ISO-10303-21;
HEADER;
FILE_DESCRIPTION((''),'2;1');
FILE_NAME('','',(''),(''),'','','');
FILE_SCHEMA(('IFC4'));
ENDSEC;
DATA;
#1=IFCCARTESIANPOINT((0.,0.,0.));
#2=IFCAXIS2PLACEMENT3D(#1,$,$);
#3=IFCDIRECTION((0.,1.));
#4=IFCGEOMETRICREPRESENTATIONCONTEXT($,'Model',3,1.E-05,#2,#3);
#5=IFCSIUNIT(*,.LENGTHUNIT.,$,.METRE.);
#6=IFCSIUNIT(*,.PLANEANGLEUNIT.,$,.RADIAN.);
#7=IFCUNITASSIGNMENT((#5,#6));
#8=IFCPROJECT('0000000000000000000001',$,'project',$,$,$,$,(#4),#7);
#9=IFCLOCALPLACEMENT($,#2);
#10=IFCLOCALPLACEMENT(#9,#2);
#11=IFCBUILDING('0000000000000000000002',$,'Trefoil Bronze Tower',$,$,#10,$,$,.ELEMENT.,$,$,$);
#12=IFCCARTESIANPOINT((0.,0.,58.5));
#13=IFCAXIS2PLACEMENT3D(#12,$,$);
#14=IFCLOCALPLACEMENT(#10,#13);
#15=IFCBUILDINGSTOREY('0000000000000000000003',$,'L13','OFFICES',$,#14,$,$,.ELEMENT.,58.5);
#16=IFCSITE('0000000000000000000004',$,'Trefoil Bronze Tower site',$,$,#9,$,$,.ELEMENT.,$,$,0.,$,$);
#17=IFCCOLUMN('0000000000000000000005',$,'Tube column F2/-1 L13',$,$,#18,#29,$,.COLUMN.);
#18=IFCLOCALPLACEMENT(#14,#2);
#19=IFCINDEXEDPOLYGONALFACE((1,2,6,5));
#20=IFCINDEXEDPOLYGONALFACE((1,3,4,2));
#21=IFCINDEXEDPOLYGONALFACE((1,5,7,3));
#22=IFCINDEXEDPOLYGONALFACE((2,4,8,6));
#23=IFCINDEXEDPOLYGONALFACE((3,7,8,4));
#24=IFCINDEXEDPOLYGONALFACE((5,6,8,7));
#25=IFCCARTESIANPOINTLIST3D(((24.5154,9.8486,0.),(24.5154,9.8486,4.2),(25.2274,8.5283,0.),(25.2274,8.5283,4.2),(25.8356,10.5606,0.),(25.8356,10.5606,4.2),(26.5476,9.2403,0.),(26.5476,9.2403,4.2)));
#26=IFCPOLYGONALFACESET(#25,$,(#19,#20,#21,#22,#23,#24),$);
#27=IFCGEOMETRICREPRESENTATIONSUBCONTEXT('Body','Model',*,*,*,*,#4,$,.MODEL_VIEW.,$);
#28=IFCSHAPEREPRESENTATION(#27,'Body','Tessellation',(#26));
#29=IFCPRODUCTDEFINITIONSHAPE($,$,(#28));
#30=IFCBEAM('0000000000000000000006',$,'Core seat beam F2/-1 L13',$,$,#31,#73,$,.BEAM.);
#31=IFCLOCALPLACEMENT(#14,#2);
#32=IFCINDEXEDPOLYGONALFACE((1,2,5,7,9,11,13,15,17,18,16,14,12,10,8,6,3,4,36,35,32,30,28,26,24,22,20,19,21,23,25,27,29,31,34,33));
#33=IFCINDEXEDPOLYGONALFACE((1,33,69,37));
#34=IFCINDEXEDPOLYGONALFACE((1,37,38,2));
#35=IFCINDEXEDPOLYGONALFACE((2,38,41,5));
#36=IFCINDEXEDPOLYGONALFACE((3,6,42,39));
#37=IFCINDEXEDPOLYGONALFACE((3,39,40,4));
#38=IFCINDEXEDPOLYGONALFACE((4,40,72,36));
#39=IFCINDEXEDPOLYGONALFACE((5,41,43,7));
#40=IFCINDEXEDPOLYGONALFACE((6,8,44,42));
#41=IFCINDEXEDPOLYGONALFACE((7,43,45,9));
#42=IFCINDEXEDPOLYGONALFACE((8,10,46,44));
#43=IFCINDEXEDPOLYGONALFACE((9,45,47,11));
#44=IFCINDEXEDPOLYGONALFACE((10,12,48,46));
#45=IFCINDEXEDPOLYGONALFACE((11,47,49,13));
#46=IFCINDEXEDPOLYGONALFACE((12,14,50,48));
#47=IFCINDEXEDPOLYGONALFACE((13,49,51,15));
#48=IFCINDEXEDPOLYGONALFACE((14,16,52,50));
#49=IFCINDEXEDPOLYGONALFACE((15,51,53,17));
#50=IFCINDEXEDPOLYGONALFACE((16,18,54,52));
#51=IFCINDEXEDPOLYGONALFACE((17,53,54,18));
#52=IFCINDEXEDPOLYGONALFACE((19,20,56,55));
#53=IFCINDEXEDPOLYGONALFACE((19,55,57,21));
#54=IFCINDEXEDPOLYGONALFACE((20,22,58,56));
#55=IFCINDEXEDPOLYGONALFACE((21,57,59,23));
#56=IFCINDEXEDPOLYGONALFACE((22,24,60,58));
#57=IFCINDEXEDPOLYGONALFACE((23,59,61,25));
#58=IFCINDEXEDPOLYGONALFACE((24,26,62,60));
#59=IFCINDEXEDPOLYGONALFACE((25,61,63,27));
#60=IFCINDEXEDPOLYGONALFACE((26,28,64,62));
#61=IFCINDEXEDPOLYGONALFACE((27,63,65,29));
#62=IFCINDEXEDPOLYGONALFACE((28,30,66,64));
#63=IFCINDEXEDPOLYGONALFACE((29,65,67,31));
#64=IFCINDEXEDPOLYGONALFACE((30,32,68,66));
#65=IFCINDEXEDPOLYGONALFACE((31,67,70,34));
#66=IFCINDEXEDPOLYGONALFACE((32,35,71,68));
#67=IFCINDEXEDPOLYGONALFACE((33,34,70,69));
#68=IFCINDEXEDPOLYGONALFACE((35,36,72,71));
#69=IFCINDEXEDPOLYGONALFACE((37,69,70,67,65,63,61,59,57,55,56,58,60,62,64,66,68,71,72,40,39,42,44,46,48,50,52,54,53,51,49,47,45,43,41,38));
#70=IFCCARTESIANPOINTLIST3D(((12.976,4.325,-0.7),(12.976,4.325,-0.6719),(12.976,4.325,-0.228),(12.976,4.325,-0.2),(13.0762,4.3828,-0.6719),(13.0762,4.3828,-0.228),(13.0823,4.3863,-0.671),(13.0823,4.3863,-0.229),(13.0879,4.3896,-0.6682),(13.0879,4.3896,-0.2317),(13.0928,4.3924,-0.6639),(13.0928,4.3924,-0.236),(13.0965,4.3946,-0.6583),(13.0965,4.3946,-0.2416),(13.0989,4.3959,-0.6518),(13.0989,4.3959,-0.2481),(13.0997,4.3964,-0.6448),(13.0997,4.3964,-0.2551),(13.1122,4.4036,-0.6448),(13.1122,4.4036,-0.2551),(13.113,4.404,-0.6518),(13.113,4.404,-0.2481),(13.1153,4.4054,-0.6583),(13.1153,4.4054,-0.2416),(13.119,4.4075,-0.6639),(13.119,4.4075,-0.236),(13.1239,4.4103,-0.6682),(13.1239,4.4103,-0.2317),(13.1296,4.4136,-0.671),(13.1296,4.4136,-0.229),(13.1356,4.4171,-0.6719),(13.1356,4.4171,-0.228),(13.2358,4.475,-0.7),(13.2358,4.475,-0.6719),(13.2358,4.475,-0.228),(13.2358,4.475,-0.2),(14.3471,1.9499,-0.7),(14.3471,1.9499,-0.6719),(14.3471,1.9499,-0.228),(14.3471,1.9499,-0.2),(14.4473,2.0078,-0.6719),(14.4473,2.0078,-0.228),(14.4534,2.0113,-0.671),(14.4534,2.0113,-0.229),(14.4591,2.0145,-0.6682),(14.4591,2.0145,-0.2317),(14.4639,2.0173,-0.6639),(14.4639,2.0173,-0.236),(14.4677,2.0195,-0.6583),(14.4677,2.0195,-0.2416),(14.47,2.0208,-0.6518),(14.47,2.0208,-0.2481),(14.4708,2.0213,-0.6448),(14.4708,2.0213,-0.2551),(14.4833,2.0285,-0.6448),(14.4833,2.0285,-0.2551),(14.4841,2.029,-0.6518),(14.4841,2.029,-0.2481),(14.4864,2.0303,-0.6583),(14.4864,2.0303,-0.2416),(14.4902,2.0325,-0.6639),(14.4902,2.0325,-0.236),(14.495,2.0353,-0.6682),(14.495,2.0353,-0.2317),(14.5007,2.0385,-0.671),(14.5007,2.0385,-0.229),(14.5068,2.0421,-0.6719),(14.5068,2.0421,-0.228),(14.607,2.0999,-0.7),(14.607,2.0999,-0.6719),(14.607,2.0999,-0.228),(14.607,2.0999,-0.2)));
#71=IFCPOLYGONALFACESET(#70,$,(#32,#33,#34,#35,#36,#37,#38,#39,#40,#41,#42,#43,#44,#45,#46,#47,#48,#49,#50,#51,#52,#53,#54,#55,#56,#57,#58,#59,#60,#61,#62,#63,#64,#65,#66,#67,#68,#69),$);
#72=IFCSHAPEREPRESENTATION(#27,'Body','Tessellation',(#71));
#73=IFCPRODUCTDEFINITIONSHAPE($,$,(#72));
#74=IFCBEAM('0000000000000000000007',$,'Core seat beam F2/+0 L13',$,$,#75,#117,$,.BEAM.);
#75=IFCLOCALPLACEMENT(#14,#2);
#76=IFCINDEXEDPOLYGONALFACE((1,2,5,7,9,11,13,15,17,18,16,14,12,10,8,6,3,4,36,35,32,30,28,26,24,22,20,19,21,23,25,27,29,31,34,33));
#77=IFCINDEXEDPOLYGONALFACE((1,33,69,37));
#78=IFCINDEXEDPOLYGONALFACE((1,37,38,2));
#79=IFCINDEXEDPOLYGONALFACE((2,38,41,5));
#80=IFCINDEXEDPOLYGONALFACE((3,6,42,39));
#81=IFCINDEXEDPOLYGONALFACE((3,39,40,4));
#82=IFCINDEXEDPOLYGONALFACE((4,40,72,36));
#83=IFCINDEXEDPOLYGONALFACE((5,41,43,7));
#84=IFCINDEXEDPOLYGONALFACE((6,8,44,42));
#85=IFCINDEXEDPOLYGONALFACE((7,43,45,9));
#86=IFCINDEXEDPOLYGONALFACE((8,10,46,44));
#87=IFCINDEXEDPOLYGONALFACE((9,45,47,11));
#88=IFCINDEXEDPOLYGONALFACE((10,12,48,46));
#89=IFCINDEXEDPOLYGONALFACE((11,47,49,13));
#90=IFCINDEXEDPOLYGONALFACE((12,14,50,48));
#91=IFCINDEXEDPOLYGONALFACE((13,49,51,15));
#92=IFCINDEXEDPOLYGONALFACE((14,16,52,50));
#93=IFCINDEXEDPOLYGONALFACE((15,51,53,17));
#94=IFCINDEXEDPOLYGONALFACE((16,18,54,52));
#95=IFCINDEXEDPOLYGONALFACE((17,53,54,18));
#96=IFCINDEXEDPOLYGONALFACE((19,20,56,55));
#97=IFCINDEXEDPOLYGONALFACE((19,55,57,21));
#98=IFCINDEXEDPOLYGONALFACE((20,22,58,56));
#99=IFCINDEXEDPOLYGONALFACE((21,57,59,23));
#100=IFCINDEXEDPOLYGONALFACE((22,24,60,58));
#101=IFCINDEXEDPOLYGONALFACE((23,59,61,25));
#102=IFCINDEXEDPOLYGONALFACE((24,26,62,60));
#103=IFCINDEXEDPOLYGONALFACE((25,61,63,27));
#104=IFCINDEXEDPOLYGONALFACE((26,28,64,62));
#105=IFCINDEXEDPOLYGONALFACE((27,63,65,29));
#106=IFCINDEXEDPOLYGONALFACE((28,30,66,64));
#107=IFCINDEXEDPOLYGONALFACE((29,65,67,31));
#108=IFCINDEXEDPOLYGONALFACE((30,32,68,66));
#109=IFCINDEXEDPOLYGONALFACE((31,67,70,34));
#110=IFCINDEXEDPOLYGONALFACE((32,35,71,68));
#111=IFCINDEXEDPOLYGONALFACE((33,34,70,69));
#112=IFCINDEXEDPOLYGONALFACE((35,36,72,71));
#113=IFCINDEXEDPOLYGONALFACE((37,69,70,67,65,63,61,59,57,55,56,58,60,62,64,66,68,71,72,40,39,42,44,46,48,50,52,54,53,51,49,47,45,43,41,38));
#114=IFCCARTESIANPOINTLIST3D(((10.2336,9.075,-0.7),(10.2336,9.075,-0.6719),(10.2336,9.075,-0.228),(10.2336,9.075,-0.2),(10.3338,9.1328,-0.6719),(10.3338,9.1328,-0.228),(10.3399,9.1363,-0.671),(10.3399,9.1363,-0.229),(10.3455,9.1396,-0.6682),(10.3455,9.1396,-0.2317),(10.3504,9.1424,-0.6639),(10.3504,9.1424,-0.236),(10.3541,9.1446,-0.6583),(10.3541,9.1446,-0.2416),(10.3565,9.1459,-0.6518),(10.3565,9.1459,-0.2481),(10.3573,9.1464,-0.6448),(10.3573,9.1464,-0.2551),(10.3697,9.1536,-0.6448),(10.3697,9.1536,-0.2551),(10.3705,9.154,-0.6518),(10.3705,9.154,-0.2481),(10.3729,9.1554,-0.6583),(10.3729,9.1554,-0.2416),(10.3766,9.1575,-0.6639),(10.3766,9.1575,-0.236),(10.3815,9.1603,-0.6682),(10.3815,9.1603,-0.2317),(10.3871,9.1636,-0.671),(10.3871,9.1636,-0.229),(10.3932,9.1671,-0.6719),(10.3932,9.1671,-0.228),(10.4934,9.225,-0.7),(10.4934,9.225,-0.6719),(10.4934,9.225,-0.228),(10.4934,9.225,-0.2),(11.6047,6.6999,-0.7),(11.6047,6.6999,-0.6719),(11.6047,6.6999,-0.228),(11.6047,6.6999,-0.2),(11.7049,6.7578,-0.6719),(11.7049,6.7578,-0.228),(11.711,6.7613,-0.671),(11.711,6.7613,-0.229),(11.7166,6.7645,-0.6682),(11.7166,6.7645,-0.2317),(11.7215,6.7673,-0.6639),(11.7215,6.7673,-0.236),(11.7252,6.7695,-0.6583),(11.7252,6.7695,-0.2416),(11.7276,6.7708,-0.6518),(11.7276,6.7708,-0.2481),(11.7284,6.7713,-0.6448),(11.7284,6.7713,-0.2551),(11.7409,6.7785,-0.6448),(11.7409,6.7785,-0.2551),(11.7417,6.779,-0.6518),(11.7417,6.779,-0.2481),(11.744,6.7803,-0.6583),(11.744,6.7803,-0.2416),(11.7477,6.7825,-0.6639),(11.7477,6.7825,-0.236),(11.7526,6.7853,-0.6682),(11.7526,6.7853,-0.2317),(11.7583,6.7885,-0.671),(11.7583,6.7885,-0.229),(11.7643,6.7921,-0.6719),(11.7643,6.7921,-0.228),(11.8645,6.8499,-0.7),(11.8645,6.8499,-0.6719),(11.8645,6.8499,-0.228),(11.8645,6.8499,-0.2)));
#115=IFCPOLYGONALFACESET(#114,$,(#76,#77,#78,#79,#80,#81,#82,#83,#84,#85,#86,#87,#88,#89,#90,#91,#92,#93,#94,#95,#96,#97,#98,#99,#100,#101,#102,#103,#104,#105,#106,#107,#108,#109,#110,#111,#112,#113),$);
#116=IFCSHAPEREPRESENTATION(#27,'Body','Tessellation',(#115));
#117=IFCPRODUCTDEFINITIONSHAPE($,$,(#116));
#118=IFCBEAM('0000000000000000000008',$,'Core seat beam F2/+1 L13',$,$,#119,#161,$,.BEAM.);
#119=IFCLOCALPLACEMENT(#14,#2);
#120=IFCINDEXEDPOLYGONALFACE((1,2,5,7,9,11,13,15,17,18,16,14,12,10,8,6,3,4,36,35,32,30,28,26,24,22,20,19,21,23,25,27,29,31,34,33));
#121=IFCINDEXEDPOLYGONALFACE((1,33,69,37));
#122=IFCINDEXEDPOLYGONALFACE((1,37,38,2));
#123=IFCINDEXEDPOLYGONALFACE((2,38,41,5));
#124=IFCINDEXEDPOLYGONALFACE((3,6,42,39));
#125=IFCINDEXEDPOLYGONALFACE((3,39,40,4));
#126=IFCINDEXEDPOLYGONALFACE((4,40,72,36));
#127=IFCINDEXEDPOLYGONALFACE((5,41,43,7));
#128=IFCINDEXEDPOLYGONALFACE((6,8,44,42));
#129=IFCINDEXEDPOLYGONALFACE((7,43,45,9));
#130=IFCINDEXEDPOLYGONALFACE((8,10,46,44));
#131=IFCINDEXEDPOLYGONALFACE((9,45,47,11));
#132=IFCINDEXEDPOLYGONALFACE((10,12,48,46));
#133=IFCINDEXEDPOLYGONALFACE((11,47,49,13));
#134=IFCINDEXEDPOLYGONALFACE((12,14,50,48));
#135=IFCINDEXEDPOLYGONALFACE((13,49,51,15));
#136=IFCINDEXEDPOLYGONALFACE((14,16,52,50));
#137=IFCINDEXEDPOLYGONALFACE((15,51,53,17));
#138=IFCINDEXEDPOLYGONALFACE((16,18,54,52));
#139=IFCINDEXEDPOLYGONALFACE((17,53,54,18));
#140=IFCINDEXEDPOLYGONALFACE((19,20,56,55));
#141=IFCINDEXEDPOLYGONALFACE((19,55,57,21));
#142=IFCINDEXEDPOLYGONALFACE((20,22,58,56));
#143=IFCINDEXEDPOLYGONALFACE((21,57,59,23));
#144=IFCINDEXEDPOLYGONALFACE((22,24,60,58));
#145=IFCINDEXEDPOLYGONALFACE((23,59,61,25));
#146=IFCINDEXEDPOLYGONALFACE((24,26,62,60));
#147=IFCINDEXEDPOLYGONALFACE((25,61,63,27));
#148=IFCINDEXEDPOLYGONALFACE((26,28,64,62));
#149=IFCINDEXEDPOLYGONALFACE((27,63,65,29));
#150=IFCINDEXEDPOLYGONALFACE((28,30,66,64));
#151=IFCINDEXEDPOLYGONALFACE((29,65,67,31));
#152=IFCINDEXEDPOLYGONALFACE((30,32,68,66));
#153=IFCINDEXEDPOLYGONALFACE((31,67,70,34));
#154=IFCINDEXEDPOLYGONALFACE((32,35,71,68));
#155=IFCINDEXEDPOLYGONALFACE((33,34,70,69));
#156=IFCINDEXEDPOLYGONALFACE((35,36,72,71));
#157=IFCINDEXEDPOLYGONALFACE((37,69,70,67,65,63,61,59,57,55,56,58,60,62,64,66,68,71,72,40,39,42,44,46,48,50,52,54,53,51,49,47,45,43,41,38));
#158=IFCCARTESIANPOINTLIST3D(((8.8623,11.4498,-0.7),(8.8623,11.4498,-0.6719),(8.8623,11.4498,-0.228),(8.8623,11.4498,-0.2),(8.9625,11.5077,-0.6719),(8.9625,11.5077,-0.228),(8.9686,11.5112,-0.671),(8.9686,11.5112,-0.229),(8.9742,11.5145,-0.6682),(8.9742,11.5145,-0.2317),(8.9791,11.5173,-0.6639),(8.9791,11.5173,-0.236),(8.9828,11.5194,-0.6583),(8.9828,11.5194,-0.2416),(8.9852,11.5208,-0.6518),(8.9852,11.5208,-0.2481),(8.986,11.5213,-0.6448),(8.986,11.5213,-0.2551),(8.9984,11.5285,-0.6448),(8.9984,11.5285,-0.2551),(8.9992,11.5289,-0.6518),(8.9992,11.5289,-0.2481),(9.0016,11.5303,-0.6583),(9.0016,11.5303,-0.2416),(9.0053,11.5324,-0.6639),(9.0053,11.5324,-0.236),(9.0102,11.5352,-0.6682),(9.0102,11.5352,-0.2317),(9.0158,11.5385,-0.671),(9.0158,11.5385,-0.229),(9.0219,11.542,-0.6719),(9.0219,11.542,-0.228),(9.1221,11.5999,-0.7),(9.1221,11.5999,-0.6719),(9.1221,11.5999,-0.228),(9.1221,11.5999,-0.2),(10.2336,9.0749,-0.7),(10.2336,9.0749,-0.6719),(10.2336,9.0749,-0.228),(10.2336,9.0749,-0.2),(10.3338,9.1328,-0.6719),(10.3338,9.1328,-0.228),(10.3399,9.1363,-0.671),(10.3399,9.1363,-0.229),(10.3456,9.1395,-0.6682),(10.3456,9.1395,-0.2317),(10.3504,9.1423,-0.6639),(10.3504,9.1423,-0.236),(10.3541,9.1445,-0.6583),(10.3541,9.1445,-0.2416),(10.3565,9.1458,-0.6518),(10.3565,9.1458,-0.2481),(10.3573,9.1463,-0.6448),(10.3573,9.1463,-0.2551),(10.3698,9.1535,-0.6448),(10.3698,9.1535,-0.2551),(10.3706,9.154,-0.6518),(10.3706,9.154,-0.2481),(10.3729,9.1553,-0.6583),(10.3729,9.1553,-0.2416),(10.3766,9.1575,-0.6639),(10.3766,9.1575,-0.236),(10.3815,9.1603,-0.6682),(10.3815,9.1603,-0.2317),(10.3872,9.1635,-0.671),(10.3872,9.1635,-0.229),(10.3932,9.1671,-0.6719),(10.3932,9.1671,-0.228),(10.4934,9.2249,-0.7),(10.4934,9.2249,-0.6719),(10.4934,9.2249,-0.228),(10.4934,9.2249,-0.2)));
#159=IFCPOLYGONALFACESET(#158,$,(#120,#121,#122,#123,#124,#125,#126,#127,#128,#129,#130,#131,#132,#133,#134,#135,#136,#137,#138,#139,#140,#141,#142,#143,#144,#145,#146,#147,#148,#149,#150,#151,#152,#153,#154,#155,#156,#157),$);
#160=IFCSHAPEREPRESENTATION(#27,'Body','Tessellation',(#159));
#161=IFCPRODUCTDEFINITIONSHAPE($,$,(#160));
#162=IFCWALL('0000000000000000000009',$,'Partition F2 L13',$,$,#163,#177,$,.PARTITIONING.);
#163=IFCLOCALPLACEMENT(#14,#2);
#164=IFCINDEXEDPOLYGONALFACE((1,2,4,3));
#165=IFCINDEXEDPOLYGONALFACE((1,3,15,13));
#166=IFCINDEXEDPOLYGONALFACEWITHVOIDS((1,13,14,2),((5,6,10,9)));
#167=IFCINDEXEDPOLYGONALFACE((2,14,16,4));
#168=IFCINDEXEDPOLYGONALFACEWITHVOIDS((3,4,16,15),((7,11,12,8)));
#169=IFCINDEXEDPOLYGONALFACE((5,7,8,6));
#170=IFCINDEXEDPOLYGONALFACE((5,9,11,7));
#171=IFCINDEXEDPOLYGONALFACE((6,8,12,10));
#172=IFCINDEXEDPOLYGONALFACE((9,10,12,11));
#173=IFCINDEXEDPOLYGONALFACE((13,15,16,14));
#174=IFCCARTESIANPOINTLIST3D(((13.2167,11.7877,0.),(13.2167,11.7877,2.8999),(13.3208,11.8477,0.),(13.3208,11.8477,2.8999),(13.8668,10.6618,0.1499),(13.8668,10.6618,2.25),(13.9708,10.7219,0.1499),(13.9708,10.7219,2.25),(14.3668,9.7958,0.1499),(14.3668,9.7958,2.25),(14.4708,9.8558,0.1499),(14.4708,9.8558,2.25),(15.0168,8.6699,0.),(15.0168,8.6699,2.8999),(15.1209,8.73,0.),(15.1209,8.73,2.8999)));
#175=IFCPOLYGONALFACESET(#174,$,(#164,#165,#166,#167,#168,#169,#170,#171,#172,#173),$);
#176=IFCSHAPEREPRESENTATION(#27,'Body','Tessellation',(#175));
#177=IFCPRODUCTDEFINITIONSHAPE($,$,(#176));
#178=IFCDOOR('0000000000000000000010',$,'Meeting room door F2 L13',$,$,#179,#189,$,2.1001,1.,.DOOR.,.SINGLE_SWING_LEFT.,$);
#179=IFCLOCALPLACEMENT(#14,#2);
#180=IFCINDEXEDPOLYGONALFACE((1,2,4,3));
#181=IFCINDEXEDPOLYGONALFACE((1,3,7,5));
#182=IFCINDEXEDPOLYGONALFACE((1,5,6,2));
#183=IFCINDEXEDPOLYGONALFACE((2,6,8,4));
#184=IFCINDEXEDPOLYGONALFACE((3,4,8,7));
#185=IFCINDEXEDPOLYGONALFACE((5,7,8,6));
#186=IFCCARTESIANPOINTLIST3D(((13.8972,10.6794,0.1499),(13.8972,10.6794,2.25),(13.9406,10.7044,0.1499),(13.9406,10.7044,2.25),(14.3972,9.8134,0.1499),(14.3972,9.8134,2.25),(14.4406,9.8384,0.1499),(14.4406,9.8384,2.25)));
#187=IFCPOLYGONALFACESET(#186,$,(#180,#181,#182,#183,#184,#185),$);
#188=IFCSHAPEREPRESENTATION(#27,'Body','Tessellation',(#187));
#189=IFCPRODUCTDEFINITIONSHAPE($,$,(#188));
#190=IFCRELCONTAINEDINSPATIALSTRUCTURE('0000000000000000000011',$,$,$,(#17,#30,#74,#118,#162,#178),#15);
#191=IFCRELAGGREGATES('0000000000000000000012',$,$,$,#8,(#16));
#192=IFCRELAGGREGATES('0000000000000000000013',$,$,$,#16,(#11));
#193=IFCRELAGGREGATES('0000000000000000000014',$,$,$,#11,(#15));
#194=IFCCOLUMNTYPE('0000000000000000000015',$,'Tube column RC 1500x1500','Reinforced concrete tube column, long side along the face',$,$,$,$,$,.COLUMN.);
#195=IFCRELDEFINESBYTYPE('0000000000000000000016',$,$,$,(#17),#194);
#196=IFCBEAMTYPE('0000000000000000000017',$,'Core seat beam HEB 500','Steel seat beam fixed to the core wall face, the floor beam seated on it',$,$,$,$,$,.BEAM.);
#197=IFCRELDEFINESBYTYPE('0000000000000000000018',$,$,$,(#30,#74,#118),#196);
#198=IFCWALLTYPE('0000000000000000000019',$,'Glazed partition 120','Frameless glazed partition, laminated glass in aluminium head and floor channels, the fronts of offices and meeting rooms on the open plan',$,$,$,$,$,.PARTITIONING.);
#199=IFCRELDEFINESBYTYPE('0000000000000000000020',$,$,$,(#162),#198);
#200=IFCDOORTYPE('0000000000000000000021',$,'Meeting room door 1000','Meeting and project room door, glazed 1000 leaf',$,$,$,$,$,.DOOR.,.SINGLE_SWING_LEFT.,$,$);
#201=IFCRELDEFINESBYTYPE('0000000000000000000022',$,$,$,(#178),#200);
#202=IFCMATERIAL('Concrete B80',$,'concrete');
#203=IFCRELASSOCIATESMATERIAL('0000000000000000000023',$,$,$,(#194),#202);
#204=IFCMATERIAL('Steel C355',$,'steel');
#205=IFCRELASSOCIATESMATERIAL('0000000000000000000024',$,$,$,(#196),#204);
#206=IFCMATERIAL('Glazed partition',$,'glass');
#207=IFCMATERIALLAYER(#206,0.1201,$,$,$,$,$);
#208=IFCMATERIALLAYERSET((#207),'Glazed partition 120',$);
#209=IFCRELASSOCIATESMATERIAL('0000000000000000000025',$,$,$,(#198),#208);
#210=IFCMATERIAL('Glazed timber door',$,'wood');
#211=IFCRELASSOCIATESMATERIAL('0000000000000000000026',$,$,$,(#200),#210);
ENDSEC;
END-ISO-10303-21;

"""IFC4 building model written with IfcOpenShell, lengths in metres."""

from ifc_helpers import new_model, si_unit, direction, frame, frame_2d, origin, origin_2d, place, context, subcontext, project, spatial, rectangle, i_section, extrude, material, layer, layer_set, material_profile, profile_set, type_object, element, fill, save


model = new_model("IFC4")

# Units and contexts
model_context = context("Model", 3, precision=1e-05, world=origin(), true_north=direction((0.0, 1.0)))
body_context = subcontext(model_context, "Body", "Model", "MODEL_VIEW")
ifc_project = project(units=[si_unit("LENGTHUNIT", "METRE"), si_unit("PLANEANGLEUNIT", "RADIAN")], contexts=[model_context])

# Site, building, storey
site_placement = place(None, origin())
site = spatial("IfcSite", under=ifc_project, at=site_placement, Name="Trefoil Bronze Tower site", CompositionType="ELEMENT", RefElevation=0.0)
building_placement = place(site_placement, origin())
building = spatial("IfcBuilding", under=site, at=building_placement, Name="Trefoil Bronze Tower", CompositionType="ELEMENT")
storey_placement = place(building_placement, frame((0.0, 0.0, 58.5)))
storey = spatial("IfcBuildingStorey", under=building, at=storey_placement, Name="L13", Description="OFFICES", CompositionType="ELEMENT", Elevation=58.5)

# Column
ifc_material_1 = material(Name="Concrete B80", Category="concrete")
ifc_material_profile_1 = material_profile(ifc_material_1, rectangle(XDim=1.5, YDim=1.5, at=origin_2d()), Name="RC 1500x1500")
ifc_profile_set_1 = profile_set([ifc_material_profile_1], Name="Concrete B80")
column_type = type_object("IfcColumnType", Name="Tube column RC 1500x1500", Description="Reinforced concrete tube column, long side along the face", PredefinedType="COLUMN", material=ifc_profile_set_1)
column_placement = place(storey_placement, frame((25.5315, 9.5444, 0.0), z_axis=(0.0, 0.0, 1.0), x_axis=(-0.474656, 0.880171, 0.0)))
element("IfcColumn", 1, at=column_placement, inside=storey, type_object=column_type, Name="Tube column F2/-1 L13", PredefinedType="COLUMN", context=body_context, shape_type="SweptSolid", body=[
    extrude(rectangle(XDim=1.5, YDim=1.5, at=origin_2d()), origin(), (0.0, 0.0, 1.0), 4.2),
])

# Beams
ifc_material_2 = material(Name="Steel C355", Category="steel")
ifc_material_profile_2 = material_profile(ifc_material_2, i_section(OverallWidth=0.3, OverallDepth=0.5, WebThickness=0.0144, FlangeThickness=0.0281, FilletRadius=0.0271, at=origin_2d()), Name="HEB 500")
ifc_profile_set_2 = profile_set([ifc_material_profile_2], Name="Steel C355")
beam_type = type_object("IfcBeamType", Name="Core seat beam HEB 500", Description="Steel seat beam fixed to the core wall face, the floor beam seated on it", PredefinedType="BEAM", material=ifc_profile_set_2)
for number, where, z_axis, x_axis, name in (
    (2, (14.4771, 2.0249, -0.45), (-0.499969, 0.866043, 0.0), (-0.866043, -0.499969, 0.0), "Core seat beam F2/-1 L13"),
    (3, (11.7346, 6.7749, -0.45), (-0.499969, 0.866043, 0.0), (-0.866043, -0.499969, 0.0), "Core seat beam F2/+0 L13"),
    (4, (10.3635, 9.1499, -0.45), (-0.500036, 0.866005, 0.0), (-0.866005, -0.500036, 0.0), "Core seat beam F2/+1 L13"),
):
    element("IfcBeam", number, at=place(storey_placement, frame(where, z_axis=z_axis, x_axis=x_axis)), inside=storey, type_object=beam_type, Name=name, PredefinedType="BEAM", context=body_context, shape_type="SweptSolid", body=[
        extrude(i_section(OverallWidth=0.3, OverallDepth=0.5, WebThickness=0.0144, FlangeThickness=0.0281, FilletRadius=0.0271, at=origin_2d()), origin(), (0.0, 0.0, 1.0), 2.7424),
    ])

# Wall, opening, door
ifc_material_3 = material(Name="Glazed partition", Category="glass")
ifc_layer_1 = layer(ifc_material_3, 0.1201)
ifc_layer_set_1 = layer_set([ifc_layer_1], Name="Glazed partition 120")
wall_type_1 = type_object("IfcWallType", Name="Glazed partition 120", Description="Frameless glazed partition, laminated glass in aluminium head and floor channels, the fronts of offices and meeting rooms on the open plan", PredefinedType="PARTITIONING", material=ifc_layer_set_1)
wall_1_placement = place(storey_placement, frame((15.0688, 8.7, 0.0), z_axis=(0.0, 0.0, 1.0), x_axis=(-0.500012, 0.866018, 0.0)))
wall_1 = element("IfcWall", 5, at=wall_1_placement, inside=storey, type_object=wall_type_1, Name="Partition F2 L13", PredefinedType="PARTITIONING", context=body_context, shape_type="SweptSolid", body=[
    extrude(rectangle(XDim=3.6001, YDim=0.1201, at=frame_2d((1.8, 0.0))), origin(), (0.0, 0.0, 1.0), 2.8999),
])
opening_1_placement = place(wall_1_placement, frame((1.3, 0.0, 0.1499)))
opening_1 = element("IfcOpeningElement", 6, at=opening_1_placement, cuts=wall_1, PredefinedType="OPENING", context=body_context, shape_type="SweptSolid", body=[
    extrude(rectangle(XDim=1.0, YDim=2.1001, at=frame_2d((0.5, 1.05))), frame((0.0, 0.0701, 0.0), z_axis=(0.0, -1.0, 0.0), x_axis=(1.0, 0.0, 0.0)), (0.0, 0.0, 1.0), 0.1401),
])
ifc_material_4 = material(Name="Glazed timber door", Category="wood")
door_type_1 = type_object("IfcDoorType", Name="Meeting room door 1000", Description="Meeting and project room door, glazed 1000 leaf", OperationType="SINGLE_SWING_LEFT", PredefinedType="DOOR", material=ifc_material_4)
door_1_placement = place(opening_1_placement, origin())
door_1 = element("IfcDoor", 7, at=door_1_placement, inside=storey, type_object=door_type_1, Name="Meeting room door F2 L13", OperationType="SINGLE_SWING_LEFT", OverallHeight=2.1001, OverallWidth=1.0, PredefinedType="DOOR", context=body_context, shape_type="SweptSolid", body=[
    extrude(rectangle(XDim=1.0, YDim=2.1001, at=frame_2d((0.5, 1.05))), frame((0.0, 0.0249, 0.0), z_axis=(0.0, -1.0, 0.0), x_axis=(1.0, 0.0, 0.0)), (0.0, 0.0, 1.0), 0.05),
])
fill(opening_1, door_1)

save(model, "model.ifc")
